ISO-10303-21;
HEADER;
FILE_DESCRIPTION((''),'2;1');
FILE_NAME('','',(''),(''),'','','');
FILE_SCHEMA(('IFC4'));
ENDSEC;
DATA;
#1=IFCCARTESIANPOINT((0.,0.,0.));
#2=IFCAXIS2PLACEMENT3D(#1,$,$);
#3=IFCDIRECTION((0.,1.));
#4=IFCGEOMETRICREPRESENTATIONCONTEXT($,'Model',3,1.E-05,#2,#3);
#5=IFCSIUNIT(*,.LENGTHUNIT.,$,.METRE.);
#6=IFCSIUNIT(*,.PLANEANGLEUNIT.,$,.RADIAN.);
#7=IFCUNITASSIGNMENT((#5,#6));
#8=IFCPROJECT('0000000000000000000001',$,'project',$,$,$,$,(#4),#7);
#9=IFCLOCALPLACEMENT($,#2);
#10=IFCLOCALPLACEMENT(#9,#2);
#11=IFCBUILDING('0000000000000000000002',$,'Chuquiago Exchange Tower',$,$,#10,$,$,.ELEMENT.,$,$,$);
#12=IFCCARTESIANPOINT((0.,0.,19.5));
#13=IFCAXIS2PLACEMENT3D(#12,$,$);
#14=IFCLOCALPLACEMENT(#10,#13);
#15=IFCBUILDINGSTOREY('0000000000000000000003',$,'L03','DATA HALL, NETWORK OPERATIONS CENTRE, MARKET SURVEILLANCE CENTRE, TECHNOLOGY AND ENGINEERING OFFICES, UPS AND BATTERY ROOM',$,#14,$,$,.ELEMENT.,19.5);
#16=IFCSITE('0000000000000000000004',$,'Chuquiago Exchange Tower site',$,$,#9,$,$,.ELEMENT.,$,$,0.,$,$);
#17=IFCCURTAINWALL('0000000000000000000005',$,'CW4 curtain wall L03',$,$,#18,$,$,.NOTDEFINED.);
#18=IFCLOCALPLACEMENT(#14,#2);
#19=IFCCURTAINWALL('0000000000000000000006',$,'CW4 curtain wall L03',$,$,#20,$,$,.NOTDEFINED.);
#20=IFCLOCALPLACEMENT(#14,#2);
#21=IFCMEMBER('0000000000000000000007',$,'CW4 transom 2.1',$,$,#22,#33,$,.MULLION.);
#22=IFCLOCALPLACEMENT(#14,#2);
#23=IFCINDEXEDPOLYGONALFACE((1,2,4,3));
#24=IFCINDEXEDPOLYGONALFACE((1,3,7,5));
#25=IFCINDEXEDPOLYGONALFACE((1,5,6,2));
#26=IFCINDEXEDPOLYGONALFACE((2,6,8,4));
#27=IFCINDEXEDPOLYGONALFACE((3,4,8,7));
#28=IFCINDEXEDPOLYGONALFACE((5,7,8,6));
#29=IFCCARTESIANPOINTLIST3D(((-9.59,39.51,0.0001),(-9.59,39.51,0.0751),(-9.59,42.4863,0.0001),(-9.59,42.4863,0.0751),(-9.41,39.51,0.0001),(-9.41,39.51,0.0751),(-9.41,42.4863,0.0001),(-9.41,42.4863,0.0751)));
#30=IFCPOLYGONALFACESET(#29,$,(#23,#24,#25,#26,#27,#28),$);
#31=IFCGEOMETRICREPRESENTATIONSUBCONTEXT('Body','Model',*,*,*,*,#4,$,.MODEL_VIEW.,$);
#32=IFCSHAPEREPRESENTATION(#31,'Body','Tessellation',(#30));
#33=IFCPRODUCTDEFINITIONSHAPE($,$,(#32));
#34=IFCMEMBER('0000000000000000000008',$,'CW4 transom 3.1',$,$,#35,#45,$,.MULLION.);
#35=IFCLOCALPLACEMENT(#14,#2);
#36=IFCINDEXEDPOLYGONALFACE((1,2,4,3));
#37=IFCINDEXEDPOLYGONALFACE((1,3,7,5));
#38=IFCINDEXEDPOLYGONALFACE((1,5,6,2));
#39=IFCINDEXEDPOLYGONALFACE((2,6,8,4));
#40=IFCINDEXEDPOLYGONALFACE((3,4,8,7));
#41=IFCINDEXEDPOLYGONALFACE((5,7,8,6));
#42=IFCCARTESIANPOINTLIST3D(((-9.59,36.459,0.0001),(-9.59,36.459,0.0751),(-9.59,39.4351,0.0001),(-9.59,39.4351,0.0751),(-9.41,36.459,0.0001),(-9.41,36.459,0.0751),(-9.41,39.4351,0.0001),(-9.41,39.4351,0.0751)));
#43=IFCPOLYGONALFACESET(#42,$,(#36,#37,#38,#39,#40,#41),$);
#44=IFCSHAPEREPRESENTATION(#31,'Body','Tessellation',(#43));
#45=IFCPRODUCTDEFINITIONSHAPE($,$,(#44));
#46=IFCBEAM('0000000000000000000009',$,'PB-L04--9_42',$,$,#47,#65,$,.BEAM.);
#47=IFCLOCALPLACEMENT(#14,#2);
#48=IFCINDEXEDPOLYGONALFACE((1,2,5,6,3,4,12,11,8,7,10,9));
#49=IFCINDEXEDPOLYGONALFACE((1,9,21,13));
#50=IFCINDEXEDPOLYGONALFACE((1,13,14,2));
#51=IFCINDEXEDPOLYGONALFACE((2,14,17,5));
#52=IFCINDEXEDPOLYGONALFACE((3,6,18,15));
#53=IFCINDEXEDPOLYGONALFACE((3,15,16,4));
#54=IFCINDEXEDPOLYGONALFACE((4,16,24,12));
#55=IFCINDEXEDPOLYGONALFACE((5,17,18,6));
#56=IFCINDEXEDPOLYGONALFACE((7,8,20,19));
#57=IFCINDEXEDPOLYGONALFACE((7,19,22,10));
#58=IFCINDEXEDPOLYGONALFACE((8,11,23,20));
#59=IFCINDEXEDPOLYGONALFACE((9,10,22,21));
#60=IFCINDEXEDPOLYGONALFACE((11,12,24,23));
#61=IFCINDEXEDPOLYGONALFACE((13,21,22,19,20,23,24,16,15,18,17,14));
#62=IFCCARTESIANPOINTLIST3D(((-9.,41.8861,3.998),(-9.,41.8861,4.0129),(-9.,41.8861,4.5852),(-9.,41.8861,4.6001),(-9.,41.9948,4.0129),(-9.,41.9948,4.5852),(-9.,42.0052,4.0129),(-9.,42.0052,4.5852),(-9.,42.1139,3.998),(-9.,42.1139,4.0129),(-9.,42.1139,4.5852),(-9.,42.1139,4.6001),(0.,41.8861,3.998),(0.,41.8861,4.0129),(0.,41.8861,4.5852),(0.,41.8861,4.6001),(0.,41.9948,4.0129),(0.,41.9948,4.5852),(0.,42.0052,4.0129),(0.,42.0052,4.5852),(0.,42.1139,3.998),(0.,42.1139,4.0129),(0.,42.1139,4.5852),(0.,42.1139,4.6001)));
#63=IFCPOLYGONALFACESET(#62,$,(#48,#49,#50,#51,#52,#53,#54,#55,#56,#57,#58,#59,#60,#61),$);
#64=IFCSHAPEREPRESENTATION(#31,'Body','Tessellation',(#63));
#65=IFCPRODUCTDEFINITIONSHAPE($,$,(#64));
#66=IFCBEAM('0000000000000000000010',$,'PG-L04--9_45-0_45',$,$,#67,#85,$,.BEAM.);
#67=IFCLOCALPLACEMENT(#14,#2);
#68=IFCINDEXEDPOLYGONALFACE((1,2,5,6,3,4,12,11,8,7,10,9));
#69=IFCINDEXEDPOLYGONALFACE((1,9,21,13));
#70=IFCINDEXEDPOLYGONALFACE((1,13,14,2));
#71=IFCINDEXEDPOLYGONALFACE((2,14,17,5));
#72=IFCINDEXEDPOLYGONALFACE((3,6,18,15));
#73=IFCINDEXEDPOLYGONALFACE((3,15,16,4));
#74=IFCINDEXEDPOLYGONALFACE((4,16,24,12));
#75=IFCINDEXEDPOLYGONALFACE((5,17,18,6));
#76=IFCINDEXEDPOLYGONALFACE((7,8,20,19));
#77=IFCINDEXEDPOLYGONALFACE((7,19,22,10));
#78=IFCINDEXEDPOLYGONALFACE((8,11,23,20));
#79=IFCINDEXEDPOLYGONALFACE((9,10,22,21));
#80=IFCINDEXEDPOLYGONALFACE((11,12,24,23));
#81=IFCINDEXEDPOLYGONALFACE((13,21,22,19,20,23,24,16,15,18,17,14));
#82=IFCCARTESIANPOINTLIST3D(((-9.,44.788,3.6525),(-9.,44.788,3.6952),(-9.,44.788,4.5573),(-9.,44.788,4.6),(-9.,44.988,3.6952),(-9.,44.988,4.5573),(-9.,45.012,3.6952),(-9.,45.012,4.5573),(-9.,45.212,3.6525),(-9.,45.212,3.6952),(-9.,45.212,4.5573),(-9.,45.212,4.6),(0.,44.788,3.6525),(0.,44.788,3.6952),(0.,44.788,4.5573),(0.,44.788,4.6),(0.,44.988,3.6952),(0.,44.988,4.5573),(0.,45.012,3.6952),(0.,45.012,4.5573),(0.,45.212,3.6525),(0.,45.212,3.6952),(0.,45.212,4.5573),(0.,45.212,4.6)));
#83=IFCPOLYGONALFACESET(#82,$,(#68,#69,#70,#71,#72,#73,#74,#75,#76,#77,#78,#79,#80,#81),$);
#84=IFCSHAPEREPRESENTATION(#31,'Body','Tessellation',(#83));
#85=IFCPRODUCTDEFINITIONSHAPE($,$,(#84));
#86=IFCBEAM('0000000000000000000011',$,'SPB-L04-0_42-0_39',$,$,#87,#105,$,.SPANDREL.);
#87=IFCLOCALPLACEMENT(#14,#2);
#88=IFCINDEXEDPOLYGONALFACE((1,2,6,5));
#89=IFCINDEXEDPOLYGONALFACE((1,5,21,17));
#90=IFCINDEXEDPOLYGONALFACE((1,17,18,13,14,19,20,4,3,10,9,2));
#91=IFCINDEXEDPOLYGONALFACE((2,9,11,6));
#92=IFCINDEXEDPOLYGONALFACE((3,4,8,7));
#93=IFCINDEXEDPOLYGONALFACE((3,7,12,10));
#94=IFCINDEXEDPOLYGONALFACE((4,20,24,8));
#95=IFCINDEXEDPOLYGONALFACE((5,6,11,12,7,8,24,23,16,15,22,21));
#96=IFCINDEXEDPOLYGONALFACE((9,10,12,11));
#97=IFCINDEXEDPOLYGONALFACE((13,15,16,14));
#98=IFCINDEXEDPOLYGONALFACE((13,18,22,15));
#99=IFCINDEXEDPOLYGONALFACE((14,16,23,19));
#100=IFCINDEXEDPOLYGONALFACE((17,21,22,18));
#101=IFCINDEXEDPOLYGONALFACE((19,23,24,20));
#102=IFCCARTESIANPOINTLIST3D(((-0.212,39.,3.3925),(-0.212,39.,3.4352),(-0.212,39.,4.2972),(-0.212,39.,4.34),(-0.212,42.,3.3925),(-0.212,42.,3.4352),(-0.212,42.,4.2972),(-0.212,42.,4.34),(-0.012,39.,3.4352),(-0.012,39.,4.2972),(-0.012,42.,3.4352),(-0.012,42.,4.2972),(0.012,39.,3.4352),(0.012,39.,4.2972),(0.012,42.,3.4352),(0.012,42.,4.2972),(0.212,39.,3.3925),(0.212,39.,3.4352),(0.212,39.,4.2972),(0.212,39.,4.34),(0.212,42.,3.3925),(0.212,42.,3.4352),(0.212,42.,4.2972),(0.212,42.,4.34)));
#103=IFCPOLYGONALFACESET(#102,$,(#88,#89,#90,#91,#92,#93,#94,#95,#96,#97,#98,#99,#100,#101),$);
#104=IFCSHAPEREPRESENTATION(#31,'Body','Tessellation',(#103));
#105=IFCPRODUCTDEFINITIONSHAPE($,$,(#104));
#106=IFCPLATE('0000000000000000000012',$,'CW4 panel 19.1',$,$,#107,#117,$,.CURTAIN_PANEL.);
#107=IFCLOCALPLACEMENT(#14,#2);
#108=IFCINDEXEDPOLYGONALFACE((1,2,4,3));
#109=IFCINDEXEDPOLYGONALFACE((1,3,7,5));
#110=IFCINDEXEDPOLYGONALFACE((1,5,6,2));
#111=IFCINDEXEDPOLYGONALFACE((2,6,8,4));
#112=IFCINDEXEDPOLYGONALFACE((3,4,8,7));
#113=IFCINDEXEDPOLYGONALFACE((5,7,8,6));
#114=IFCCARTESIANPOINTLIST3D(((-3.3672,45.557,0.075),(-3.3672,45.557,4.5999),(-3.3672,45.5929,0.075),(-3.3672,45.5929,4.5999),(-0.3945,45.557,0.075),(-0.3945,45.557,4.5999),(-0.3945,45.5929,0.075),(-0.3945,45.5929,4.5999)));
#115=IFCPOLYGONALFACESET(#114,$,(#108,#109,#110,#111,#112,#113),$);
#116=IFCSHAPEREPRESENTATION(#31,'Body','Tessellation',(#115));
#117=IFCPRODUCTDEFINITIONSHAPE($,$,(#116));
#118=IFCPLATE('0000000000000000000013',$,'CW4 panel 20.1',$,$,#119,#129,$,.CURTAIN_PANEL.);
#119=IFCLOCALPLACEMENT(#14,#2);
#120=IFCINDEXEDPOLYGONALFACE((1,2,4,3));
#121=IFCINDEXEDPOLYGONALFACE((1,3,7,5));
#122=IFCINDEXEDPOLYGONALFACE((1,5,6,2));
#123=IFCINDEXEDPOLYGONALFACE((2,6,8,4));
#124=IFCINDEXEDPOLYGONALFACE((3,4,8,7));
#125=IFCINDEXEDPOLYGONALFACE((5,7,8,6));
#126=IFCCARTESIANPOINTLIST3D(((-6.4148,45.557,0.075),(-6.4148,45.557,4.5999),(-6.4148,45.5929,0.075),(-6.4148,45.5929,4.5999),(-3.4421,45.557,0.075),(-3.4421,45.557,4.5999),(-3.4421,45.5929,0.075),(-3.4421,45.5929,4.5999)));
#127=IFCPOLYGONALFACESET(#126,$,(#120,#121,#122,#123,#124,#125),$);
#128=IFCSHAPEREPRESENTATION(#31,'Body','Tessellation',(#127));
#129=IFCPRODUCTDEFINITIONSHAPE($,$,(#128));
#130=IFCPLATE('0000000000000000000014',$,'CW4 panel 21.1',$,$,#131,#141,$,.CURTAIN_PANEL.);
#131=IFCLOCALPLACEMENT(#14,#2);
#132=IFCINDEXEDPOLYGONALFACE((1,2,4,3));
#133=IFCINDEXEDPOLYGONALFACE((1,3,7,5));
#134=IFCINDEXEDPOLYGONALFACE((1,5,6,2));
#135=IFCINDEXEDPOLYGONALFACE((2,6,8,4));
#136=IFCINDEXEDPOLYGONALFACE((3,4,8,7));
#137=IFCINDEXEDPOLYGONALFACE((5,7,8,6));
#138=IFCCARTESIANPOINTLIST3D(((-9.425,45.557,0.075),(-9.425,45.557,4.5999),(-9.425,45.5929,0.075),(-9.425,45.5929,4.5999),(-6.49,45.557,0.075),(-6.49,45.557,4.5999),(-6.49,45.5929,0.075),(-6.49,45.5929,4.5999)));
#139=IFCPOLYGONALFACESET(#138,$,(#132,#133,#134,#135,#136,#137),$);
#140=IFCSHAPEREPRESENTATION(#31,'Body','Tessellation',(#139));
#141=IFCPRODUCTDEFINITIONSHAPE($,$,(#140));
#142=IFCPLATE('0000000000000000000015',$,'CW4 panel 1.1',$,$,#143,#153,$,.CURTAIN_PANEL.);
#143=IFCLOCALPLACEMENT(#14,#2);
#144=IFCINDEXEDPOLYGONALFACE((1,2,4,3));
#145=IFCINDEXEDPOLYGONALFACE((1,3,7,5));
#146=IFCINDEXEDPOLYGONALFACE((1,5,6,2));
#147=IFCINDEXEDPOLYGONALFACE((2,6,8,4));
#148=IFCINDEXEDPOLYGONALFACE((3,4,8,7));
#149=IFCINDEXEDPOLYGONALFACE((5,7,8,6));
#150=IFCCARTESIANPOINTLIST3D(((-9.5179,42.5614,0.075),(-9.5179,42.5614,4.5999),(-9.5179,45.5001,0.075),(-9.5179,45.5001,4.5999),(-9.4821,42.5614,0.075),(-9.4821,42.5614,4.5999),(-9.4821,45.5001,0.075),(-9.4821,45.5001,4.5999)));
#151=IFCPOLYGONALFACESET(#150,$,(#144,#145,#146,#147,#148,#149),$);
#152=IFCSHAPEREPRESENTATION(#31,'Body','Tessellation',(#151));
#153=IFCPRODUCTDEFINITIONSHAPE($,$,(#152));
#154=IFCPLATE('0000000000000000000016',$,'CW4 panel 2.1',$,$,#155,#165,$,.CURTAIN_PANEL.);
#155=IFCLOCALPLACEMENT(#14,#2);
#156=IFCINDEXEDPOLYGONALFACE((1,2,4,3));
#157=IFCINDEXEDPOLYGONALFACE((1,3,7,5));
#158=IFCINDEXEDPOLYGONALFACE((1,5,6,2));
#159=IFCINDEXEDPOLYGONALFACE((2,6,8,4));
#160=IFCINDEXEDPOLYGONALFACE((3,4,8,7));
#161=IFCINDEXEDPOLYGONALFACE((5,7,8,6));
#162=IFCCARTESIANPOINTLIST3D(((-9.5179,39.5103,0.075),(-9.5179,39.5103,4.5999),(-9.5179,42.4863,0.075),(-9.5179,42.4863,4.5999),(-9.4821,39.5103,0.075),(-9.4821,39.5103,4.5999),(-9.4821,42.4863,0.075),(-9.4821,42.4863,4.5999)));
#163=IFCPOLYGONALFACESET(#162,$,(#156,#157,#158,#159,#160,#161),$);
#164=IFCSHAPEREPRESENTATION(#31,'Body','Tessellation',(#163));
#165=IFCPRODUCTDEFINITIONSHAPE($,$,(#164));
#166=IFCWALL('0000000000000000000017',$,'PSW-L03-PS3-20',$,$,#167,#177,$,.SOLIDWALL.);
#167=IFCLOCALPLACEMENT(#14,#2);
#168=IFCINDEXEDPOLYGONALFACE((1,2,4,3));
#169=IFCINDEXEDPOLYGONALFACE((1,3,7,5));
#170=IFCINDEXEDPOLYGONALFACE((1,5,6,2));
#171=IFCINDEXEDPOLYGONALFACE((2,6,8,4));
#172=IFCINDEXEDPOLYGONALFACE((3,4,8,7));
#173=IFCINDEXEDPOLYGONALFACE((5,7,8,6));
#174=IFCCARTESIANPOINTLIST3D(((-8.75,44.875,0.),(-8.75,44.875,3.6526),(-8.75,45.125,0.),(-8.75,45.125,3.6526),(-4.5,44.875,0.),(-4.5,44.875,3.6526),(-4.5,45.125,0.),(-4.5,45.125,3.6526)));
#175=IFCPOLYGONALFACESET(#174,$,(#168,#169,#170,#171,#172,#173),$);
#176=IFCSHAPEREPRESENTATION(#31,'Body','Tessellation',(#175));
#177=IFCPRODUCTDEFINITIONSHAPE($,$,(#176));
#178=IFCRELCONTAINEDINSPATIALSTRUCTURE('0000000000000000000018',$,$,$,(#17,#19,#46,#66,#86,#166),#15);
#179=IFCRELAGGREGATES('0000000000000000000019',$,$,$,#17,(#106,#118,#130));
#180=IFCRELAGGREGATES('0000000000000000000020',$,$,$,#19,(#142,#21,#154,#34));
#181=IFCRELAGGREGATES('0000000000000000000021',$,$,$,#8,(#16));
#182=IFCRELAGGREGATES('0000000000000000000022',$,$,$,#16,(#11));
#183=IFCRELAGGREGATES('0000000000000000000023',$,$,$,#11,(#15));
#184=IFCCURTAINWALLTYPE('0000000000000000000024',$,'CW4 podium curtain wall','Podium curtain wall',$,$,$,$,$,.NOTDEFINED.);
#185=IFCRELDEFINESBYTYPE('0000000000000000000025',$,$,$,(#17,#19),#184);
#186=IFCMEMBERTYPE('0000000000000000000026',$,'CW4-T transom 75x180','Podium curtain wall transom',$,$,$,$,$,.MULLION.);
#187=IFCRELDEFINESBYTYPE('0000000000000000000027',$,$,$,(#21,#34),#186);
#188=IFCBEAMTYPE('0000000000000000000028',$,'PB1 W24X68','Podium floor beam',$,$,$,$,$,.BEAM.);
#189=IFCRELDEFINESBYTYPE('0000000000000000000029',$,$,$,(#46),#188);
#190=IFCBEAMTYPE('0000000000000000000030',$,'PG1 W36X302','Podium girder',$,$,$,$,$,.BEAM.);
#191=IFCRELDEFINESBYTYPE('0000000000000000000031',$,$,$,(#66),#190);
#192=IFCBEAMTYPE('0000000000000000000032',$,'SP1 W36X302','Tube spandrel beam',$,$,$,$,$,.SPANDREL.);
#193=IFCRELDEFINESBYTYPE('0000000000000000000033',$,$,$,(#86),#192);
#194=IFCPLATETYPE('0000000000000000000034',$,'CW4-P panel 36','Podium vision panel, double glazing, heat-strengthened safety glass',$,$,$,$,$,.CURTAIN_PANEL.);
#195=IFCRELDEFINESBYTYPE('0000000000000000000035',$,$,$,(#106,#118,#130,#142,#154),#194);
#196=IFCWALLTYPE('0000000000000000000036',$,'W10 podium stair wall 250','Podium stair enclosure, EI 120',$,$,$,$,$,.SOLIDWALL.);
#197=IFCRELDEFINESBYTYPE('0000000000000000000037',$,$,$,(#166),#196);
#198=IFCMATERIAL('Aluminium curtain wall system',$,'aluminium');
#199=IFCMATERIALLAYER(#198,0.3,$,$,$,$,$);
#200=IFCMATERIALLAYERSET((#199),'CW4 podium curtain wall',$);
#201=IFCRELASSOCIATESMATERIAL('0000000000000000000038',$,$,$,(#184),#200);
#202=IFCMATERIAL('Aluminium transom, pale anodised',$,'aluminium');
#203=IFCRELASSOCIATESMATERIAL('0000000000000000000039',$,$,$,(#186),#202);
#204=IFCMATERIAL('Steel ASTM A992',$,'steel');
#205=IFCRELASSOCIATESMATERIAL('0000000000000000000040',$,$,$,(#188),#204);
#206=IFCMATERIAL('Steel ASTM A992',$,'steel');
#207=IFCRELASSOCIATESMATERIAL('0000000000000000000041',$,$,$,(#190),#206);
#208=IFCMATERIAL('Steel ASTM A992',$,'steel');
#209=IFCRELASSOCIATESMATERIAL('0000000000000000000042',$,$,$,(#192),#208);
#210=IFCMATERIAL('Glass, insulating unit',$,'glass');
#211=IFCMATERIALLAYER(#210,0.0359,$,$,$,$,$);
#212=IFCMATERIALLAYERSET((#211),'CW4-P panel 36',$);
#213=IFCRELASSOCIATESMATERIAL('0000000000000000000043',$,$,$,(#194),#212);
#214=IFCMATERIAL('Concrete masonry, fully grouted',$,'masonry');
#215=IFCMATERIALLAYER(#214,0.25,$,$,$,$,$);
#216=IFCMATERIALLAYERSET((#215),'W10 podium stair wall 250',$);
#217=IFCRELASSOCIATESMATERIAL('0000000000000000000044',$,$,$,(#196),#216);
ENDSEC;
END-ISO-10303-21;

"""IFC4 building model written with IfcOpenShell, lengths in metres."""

from ifc_helpers import new_model, si_unit, direction, frame, frame_2d, origin, origin_2d, place, context, subcontext, project, spatial, rectangle, i_section, extrude, material, layer, layer_set, material_profile, profile_set, type_object, element, aggregate, save


model = new_model("IFC4")

# Units and contexts
model_context = context("Model", 3, precision=1e-05, world=origin(), true_north=direction((0.0, 1.0)))
body_context = subcontext(model_context, "Body", "Model", "MODEL_VIEW")
ifc_project = project(units=[si_unit("LENGTHUNIT", "METRE"), si_unit("PLANEANGLEUNIT", "RADIAN")], contexts=[model_context])

# Site, building, storey
site_placement = place(None, origin())
site = spatial("IfcSite", under=ifc_project, at=site_placement, Name="Chuquiago Exchange Tower site", CompositionType="ELEMENT", RefElevation=0.0)
building_placement = place(site_placement, origin())
building = spatial("IfcBuilding", under=site, at=building_placement, Name="Chuquiago Exchange Tower", CompositionType="ELEMENT")
storey_placement = place(building_placement, frame((0.0, 0.0, 19.5)))
storey = spatial("IfcBuildingStorey", under=building, at=storey_placement, Name="L03", Description="DATA HALL, NETWORK OPERATIONS CENTRE, MARKET SURVEILLANCE CENTRE, TECHNOLOGY AND ENGINEERING OFFICES, UPS AND BATTERY ROOM", CompositionType="ELEMENT", Elevation=19.5)

# Curtain walls
ifc_material_1 = material(Name="Aluminium curtain wall system", Category="aluminium")
ifc_layer_1 = layer(ifc_material_1, 0.3)
ifc_layer_set_1 = layer_set([ifc_layer_1], Name="CW4 podium curtain wall")
curtain_wall_type = type_object("IfcCurtainWallType", Name="CW4 podium curtain wall", Description="Podium curtain wall", PredefinedType="NOTDEFINED", material=ifc_layer_set_1)
curtain_wall_1_placement = place(storey_placement, origin())
curtain_wall_1 = element("IfcCurtainWall", 1, at=curtain_wall_1_placement, inside=storey, type_object=curtain_wall_type, Name="CW4 curtain wall L03", PredefinedType="NOTDEFINED")
curtain_wall_2_placement = place(storey_placement, origin())
curtain_wall_2 = element("IfcCurtainWall", 2, at=curtain_wall_2_placement, inside=storey, type_object=curtain_wall_type, Name="CW4 curtain wall L03", PredefinedType="NOTDEFINED")

# Members
ifc_material_2 = material(Name="Aluminium transom, pale anodised", Category="aluminium")
ifc_material_profile_1 = material_profile(ifc_material_2, rectangle(XDim=0.1799, YDim=0.075, at=origin_2d()), Name="AL 180x75")
ifc_profile_set_1 = profile_set([ifc_material_profile_1], Name="Aluminium transom, pale anodised")
member_type_1 = type_object("IfcMemberType", Name="CW4-T transom 75x180", Description="Podium curtain wall transom", PredefinedType="MULLION", material=ifc_profile_set_1)
member_1_placement = place(storey_placement, frame((-9.5, 42.4863, 0.0376), z_axis=(0.0, -1.0, 0.0), x_axis=(1.0, 0.0, 0.0)))
member_1 = element("IfcMember", 3, at=member_1_placement, type_object=member_type_1, Name="CW4 transom 2.1", PredefinedType="MULLION", context=body_context, shape_type="SweptSolid", body=[
    extrude(rectangle(XDim=0.1799, YDim=0.075, at=origin_2d()), origin(), (0.0, 0.0, 1.0), 2.9763),
])
member_2_placement = place(storey_placement, frame((-9.5, 39.4351, 0.0376), z_axis=(0.0, -1.0, 0.0), x_axis=(1.0, 0.0, 0.0)))
member_2 = element("IfcMember", 4, at=member_2_placement, type_object=member_type_1, Name="CW4 transom 3.1", PredefinedType="MULLION", context=body_context, shape_type="SweptSolid", body=[
    extrude(rectangle(XDim=0.1799, YDim=0.075, at=origin_2d()), origin(), (0.0, 0.0, 1.0), 2.9761),
])

# Beams
ifc_material_3 = material(Name="Steel ASTM A992", Category="steel")
ifc_material_profile_2 = material_profile(ifc_material_3, i_section(OverallWidth=0.2278, OverallDepth=0.6021, WebThickness=0.0105, FlangeThickness=0.0149, at=origin_2d()), Name="W24X68")
ifc_profile_set_2 = profile_set([ifc_material_profile_2], Name="Steel ASTM A992")
beam_type_1 = type_object("IfcBeamType", Name="PB1 W24X68", Description="Podium floor beam", PredefinedType="BEAM", material=ifc_profile_set_2)
beam_1_placement = place(storey_placement, frame((-9.0, 42.0, 4.2991), z_axis=(1.0, 0.0, 0.0), x_axis=(0.0, 1.0, 0.0)))
element("IfcBeam", 5, at=beam_1_placement, inside=storey, type_object=beam_type_1, Name="PB-L04--9_42", PredefinedType="BEAM", context=body_context, shape_type="SweptSolid", body=[
    extrude(i_section(OverallWidth=0.2278, OverallDepth=0.6021, WebThickness=0.0105, FlangeThickness=0.0149, at=origin_2d()), origin(), (0.0, 0.0, 1.0), 9.0),
])
ifc_material_4 = material(Name="Steel ASTM A992", Category="steel")
ifc_material_profile_3 = material_profile(ifc_material_4, i_section(OverallWidth=0.4241, OverallDepth=0.9475, WebThickness=0.0239, FlangeThickness=0.0427, at=origin_2d()), Name="W36X302")
ifc_profile_set_3 = profile_set([ifc_material_profile_3], Name="Steel ASTM A992")
beam_type_2 = type_object("IfcBeamType", Name="PG1 W36X302", Description="Podium girder", PredefinedType="BEAM", material=ifc_profile_set_3)
beam_2_placement = place(storey_placement, frame((-9.0, 45.0, 4.1262), z_axis=(1.0, 0.0, 0.0), x_axis=(0.0, 1.0, 0.0)))
element("IfcBeam", 6, at=beam_2_placement, inside=storey, type_object=beam_type_2, Name="PG-L04--9_45-0_45", PredefinedType="BEAM", context=body_context, shape_type="SweptSolid", body=[
    extrude(i_section(OverallWidth=0.4241, OverallDepth=0.9475, WebThickness=0.0239, FlangeThickness=0.0427, at=origin_2d()), origin(), (0.0, 0.0, 1.0), 9.0),
])
ifc_material_5 = material(Name="Steel ASTM A992", Category="steel")
ifc_material_profile_4 = material_profile(ifc_material_5, i_section(OverallWidth=0.4241, OverallDepth=0.9475, WebThickness=0.0239, FlangeThickness=0.0427, at=origin_2d()), Name="W36X302")
ifc_profile_set_4 = profile_set([ifc_material_profile_4], Name="Steel ASTM A992")
beam_type_3 = type_object("IfcBeamType", Name="SP1 W36X302", Description="Tube spandrel beam", PredefinedType="SPANDREL", material=ifc_profile_set_4)
beam_3_placement = place(storey_placement, frame((0.0, 42.0, 3.8662), z_axis=(0.0, -1.0, 0.0), x_axis=(1.0, 0.0, 0.0)))
element("IfcBeam", 7, at=beam_3_placement, inside=storey, type_object=beam_type_3, Name="SPB-L04-0_42-0_39", PredefinedType="SPANDREL", context=body_context, shape_type="SweptSolid", body=[
    extrude(i_section(OverallWidth=0.4241, OverallDepth=0.9475, WebThickness=0.0239, FlangeThickness=0.0427, at=origin_2d()), origin(), (0.0, 0.0, 1.0), 3.0),
])

# Plates
ifc_material_6 = material(Name="Glass, insulating unit", Category="glass")
ifc_layer_2 = layer(ifc_material_6, 0.0359)
ifc_layer_set_2 = layer_set([ifc_layer_2], Name="CW4-P panel 36")
plate_type = type_object("IfcPlateType", Name="CW4-P panel 36", Description="Podium vision panel, double glazing, heat-strengthened safety glass", PredefinedType="CURTAIN_PANEL", material=ifc_layer_set_2)
plate_1_placement = place(storey_placement, frame((-1.8809, 45.575, 0.075), z_axis=(0.0, 0.0, 1.0), x_axis=(-1.0, 0.0, 0.0)))
plate_1 = element("IfcPlate", 8, at=plate_1_placement, type_object=plate_type, Name="CW4 panel 19.1", PredefinedType="CURTAIN_PANEL", context=body_context, shape_type="SweptSolid", body=[
    extrude(rectangle(XDim=2.9727, YDim=0.0359, at=origin_2d()), origin(), (0.0, 0.0, 1.0), 4.5249),
])
plate_2_placement = place(storey_placement, frame((-4.9285, 45.575, 0.075), z_axis=(0.0, 0.0, 1.0), x_axis=(-1.0, 0.0, 0.0)))
plate_2 = element("IfcPlate", 9, at=plate_2_placement, type_object=plate_type, Name="CW4 panel 20.1", PredefinedType="CURTAIN_PANEL", context=body_context, shape_type="SweptSolid", body=[
    extrude(rectangle(XDim=2.9727, YDim=0.0359, at=origin_2d()), origin(), (0.0, 0.0, 1.0), 4.5249),
])
plate_3_placement = place(storey_placement, frame((-7.9575, 45.575, 0.075), z_axis=(0.0, 0.0, 1.0), x_axis=(-1.0, 0.0, 0.0)))
plate_3 = element("IfcPlate", 10, at=plate_3_placement, type_object=plate_type, Name="CW4 panel 21.1", PredefinedType="CURTAIN_PANEL", context=body_context, shape_type="SweptSolid", body=[
    extrude(rectangle(XDim=2.9351, YDim=0.0359, at=origin_2d()), origin(), (0.0, 0.0, 1.0), 4.5249),
])
aggregate(curtain_wall_1, [plate_1, plate_2, plate_3])
plate_4_placement = place(storey_placement, frame((-9.5, 44.0308, 0.075), z_axis=(0.0, 0.0, 1.0), x_axis=(0.0, -1.0, 0.0)))
plate_4 = element("IfcPlate", 11, at=plate_4_placement, type_object=plate_type, Name="CW4 panel 1.1", PredefinedType="CURTAIN_PANEL", context=body_context, shape_type="SweptSolid", body=[
    extrude(rectangle(XDim=2.9387, YDim=0.0359, at=origin_2d()), origin(), (0.0, 0.0, 1.0), 4.5249),
])
plate_5_placement = place(storey_placement, frame((-9.5, 40.9983, 0.075), z_axis=(0.0, 0.0, 1.0), x_axis=(0.0, -1.0, 0.0)))
plate_5 = element("IfcPlate", 12, at=plate_5_placement, type_object=plate_type, Name="CW4 panel 2.1", PredefinedType="CURTAIN_PANEL", context=body_context, shape_type="SweptSolid", body=[
    extrude(rectangle(XDim=2.9761, YDim=0.0359, at=origin_2d()), origin(), (0.0, 0.0, 1.0), 4.5249),
])
aggregate(curtain_wall_2, [plate_4, member_1, plate_5, member_2])

# Wall
ifc_material_7 = material(Name="Concrete masonry, fully grouted", Category="masonry")
ifc_layer_3 = layer(ifc_material_7, 0.25)
ifc_layer_set_3 = layer_set([ifc_layer_3], Name="W10 podium stair wall 250")
wall_type = type_object("IfcWallType", Name="W10 podium stair wall 250", Description="Podium stair enclosure, EI 120", PredefinedType="SOLIDWALL", material=ifc_layer_set_3)
wall_placement = place(storey_placement, frame((-8.75, 45.0, 0.0), z_axis=(0.0, 0.0, 1.0), x_axis=(1.0, 0.0, 0.0)))
element("IfcWall", 13, at=wall_placement, inside=storey, type_object=wall_type, Name="PSW-L03-PS3-20", PredefinedType="SOLIDWALL", context=body_context, shape_type="SweptSolid", body=[
    extrude(rectangle(XDim=4.25, YDim=0.25, at=frame_2d((2.125, 0.0))), origin(), (0.0, 0.0, 1.0), 3.6526),
])

save(model, "model.ifc")
